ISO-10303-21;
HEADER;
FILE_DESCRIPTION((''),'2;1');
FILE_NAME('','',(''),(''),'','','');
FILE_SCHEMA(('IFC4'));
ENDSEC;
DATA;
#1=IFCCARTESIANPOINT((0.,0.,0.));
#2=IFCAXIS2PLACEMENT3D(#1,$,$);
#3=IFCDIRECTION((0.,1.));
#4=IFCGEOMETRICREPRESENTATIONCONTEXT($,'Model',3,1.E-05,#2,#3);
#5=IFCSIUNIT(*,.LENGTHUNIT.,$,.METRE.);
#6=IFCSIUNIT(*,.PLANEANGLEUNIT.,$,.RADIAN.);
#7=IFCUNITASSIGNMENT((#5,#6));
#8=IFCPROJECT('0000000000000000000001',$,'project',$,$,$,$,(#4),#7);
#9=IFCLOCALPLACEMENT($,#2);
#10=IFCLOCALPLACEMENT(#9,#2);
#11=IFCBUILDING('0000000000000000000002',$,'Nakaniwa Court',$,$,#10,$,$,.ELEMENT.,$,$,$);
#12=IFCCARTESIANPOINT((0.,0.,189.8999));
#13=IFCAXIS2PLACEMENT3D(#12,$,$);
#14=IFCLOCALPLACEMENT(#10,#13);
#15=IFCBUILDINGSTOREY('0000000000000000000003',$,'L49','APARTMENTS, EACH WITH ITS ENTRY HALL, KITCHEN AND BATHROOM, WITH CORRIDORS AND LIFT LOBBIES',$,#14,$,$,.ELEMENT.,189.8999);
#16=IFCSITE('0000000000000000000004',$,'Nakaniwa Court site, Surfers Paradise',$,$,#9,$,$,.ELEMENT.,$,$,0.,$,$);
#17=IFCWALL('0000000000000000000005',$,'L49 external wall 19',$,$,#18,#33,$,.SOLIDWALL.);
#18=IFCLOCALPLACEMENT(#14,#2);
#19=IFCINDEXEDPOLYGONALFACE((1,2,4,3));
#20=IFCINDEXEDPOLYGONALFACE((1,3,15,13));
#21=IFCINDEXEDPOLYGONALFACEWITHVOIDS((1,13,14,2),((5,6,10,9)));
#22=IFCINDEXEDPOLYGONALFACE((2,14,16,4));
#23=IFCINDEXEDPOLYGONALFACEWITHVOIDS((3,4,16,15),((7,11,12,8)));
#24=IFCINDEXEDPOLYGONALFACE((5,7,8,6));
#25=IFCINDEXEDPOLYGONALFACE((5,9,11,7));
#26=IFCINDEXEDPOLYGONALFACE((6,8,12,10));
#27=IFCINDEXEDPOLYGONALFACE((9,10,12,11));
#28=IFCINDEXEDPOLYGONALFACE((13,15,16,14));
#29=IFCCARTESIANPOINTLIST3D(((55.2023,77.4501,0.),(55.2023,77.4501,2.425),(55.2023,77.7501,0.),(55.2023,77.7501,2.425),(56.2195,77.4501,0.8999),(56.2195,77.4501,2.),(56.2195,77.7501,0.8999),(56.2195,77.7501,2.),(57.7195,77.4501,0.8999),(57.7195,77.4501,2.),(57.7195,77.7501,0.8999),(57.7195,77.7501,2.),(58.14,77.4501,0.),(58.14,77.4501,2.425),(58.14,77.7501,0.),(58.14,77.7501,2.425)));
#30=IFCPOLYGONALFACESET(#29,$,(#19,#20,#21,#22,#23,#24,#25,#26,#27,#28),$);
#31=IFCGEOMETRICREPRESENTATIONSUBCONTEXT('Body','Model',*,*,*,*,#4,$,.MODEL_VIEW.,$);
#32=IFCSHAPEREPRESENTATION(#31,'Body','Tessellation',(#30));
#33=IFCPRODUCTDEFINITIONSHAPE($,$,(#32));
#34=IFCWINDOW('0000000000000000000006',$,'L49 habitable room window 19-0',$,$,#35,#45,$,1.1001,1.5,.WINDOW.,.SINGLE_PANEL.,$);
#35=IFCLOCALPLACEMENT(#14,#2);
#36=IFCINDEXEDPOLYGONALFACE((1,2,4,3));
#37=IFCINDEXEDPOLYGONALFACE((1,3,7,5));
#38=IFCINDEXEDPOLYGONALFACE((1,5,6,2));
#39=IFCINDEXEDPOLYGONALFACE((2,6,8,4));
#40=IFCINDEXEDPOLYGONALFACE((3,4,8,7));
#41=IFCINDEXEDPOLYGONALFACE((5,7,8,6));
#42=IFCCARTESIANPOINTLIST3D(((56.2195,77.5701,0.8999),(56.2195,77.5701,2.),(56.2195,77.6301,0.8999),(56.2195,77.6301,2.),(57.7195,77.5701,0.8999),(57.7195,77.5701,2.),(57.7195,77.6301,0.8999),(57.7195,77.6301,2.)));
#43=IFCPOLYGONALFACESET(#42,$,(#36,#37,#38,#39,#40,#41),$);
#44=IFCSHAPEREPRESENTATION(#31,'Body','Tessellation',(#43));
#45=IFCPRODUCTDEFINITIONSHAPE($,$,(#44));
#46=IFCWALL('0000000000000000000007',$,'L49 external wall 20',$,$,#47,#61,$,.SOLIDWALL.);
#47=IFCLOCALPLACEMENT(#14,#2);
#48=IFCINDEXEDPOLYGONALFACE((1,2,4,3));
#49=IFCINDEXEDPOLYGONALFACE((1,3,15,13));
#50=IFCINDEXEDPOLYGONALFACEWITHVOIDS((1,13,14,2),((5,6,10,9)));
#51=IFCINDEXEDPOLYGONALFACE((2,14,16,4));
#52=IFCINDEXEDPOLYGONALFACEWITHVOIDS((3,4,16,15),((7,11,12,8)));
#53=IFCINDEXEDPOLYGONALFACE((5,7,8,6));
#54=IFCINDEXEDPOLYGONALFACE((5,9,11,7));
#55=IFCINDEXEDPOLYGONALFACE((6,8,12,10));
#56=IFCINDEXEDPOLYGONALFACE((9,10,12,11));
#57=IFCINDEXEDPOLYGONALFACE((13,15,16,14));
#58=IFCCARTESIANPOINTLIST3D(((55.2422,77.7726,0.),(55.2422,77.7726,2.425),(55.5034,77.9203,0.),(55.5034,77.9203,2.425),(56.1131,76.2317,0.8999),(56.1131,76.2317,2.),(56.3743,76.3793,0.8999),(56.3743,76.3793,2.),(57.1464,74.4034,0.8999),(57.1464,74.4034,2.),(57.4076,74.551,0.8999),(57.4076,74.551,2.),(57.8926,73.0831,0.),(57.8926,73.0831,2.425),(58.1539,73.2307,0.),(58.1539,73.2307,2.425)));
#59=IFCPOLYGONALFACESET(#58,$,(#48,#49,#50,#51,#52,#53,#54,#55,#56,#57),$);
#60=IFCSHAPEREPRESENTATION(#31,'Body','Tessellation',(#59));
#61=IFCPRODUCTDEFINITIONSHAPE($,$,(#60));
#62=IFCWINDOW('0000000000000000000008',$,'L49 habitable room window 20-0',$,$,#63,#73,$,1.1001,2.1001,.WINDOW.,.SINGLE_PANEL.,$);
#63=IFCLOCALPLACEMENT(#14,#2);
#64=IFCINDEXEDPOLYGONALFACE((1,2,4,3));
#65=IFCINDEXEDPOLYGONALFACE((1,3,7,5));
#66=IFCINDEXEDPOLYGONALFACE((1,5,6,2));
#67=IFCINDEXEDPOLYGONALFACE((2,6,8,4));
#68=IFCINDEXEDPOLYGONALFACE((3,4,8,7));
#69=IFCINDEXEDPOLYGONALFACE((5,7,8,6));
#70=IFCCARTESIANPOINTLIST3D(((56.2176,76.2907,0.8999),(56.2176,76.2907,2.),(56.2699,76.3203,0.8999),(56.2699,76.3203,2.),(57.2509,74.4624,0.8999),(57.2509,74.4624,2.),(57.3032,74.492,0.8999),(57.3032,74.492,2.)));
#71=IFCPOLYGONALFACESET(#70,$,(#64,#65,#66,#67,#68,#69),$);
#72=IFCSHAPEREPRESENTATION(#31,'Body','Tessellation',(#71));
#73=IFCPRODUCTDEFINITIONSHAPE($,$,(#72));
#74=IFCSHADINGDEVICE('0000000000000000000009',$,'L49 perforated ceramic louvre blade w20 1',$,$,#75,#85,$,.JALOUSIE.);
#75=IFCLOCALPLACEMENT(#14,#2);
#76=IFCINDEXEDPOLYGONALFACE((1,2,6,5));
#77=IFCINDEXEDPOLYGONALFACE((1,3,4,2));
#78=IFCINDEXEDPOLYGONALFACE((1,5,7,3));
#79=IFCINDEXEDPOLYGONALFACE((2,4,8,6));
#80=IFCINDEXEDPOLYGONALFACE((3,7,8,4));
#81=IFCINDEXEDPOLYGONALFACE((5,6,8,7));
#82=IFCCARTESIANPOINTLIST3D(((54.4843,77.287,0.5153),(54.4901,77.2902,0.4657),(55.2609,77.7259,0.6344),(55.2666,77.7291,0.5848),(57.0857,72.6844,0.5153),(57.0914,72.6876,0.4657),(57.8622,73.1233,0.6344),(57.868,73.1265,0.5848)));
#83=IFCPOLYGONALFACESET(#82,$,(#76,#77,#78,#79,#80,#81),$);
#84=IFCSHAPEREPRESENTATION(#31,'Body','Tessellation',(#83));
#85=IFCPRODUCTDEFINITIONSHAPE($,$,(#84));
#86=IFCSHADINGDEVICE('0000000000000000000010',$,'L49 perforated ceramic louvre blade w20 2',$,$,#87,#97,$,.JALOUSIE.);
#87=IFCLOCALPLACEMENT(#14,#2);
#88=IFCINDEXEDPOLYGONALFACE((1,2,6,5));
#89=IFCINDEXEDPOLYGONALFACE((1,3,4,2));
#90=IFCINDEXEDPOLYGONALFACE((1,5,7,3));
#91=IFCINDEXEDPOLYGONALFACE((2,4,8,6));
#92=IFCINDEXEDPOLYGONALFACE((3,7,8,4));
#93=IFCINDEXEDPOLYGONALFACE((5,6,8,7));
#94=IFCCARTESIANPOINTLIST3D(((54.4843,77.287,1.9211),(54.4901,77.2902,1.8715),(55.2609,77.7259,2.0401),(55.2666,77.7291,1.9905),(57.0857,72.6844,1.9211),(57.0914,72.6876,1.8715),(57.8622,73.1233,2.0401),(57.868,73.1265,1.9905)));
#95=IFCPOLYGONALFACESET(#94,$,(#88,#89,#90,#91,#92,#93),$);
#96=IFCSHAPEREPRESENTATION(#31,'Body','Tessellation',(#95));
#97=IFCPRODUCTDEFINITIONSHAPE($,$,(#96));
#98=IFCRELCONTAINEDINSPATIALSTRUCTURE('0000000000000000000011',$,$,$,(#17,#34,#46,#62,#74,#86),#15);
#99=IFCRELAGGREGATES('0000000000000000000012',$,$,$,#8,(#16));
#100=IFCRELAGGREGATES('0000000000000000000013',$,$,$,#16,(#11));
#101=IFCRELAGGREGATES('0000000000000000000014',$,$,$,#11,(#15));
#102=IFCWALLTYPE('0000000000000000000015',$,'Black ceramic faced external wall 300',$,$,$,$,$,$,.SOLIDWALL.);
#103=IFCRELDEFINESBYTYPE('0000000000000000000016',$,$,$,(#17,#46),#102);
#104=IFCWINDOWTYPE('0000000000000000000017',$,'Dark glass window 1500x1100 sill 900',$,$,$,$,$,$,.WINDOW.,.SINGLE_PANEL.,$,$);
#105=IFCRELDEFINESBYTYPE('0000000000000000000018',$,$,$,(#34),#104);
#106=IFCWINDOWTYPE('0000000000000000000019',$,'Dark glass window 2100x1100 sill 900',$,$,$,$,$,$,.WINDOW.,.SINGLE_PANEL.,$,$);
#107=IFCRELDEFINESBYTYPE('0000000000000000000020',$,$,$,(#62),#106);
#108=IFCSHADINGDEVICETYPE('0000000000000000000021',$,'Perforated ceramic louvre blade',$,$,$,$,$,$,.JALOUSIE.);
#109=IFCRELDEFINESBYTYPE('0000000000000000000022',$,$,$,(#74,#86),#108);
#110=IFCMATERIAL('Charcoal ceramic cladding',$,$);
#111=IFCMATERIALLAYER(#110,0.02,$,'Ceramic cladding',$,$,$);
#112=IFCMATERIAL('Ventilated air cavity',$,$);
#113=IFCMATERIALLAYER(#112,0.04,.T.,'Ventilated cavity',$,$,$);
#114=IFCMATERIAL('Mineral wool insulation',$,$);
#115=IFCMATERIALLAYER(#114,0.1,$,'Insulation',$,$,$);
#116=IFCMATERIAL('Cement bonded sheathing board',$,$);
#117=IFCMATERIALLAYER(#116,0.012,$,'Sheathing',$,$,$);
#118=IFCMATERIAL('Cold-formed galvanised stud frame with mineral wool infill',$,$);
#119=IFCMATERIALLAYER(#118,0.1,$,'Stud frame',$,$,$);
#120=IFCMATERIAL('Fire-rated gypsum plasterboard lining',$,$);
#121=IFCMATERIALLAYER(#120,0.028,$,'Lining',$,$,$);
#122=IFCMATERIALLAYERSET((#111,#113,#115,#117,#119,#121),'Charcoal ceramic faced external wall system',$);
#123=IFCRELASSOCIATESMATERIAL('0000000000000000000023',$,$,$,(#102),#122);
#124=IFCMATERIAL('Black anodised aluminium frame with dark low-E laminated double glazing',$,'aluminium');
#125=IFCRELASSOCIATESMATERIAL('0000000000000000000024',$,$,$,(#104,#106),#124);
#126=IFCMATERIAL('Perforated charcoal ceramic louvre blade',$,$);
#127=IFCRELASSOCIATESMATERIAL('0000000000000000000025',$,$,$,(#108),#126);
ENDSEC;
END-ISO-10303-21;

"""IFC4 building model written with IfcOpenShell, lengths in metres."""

from ifc_helpers import new_model, si_unit, direction, frame, frame_2d, origin, origin_2d, place, context, subcontext, project, spatial, rectangle, extrude, material, layer, layer_set, material_profile, profile_set, type_object, element, fill, save


model = new_model("IFC4")

# Units and contexts
model_context = context("Model", 3, precision=1e-05, world=origin(), true_north=direction((0.0, 1.0)))
body_context = subcontext(model_context, "Body", "Model", "MODEL_VIEW")
ifc_project = project(units=[si_unit("LENGTHUNIT", "METRE"), si_unit("PLANEANGLEUNIT", "RADIAN")], contexts=[model_context])

# Site, building, storey
site_placement = place(None, origin())
site = spatial("IfcSite", under=ifc_project, at=site_placement, Name="Nakaniwa Court site, Surfers Paradise", CompositionType="ELEMENT", RefElevation=0.0)
building_placement = place(site_placement, origin())
building = spatial("IfcBuilding", under=site, at=building_placement, Name="Nakaniwa Court", CompositionType="ELEMENT")
storey_placement = place(building_placement, frame((0.0, 0.0, 189.8999)))
storey = spatial("IfcBuildingStorey", under=building, at=storey_placement, Name="L49", Description="APARTMENTS, EACH WITH ITS ENTRY HALL, KITCHEN AND BATHROOM, WITH CORRIDORS AND LIFT LOBBIES", CompositionType="ELEMENT", Elevation=189.8999)

# Walls, openings, windows
ifc_material_1 = material(Name="Charcoal ceramic cladding")
ifc_layer_1 = layer(ifc_material_1, 0.02, Name="Ceramic cladding")
ifc_material_2 = material(Name="Ventilated air cavity")
ifc_layer_2 = layer(ifc_material_2, 0.04, ventilated=True, Name="Ventilated cavity")
ifc_material_3 = material(Name="Mineral wool insulation")
ifc_layer_3 = layer(ifc_material_3, 0.1, Name="Insulation")
ifc_material_4 = material(Name="Cement bonded sheathing board")
ifc_layer_4 = layer(ifc_material_4, 0.012, Name="Sheathing")
ifc_material_5 = material(Name="Cold-formed galvanised stud frame with mineral wool infill")
ifc_layer_5 = layer(ifc_material_5, 0.1, Name="Stud frame")
ifc_material_6 = material(Name="Fire-rated gypsum plasterboard lining")
ifc_layer_6 = layer(ifc_material_6, 0.028, Name="Lining")
ifc_layer_set_1 = layer_set([ifc_layer_1, ifc_layer_2, ifc_layer_3, ifc_layer_4, ifc_layer_5, ifc_layer_6], Name="Charcoal ceramic faced external wall system")
wall_type_1 = type_object("IfcWallType", Name="Black ceramic faced external wall 300", PredefinedType="SOLIDWALL", material=ifc_layer_set_1)
ifc_material_7 = material(Name="Black anodised aluminium frame with dark low-E laminated double glazing", Category="aluminium")
window_type_1 = type_object("IfcWindowType", Name="Dark glass window 1500x1100 sill 900", PartitioningType="SINGLE_PANEL", PredefinedType="WINDOW", material=ifc_material_7)
window_type_2 = type_object("IfcWindowType", Name="Dark glass window 2100x1100 sill 900", PartitioningType="SINGLE_PANEL", PredefinedType="WINDOW", material=ifc_material_7)
wall_1_placement = place(storey_placement, frame((58.1399, 77.6001, 0.0), z_axis=(0.0, 0.0, 1.0), x_axis=(-1.0, 0.0, 0.0)))
wall_1 = element("IfcWall", 1, at=wall_1_placement, inside=storey, type_object=wall_type_1, Name="L49 external wall 19", PredefinedType="SOLIDWALL", context=body_context, shape_type="SweptSolid", body=[
    extrude(rectangle(XDim=2.9377, YDim=0.3, at=frame_2d((1.4688, 0.0))), origin(), (0.0, 0.0, 1.0), 2.425),
])
opening_1_placement = place(wall_1_placement, frame((0.4204, 0.0, 0.8999)))
opening_1 = element("IfcOpeningElement", 2, at=opening_1_placement, cuts=wall_1, PredefinedType="OPENING", context=body_context, shape_type="SweptSolid", body=[
    extrude(rectangle(XDim=1.5, YDim=1.1001, at=frame_2d((0.75, 0.55))), frame((0.0, 0.1599, 0.0), z_axis=(0.0, -1.0, 0.0), x_axis=(1.0, 0.0, 0.0)), (0.0, 0.0, 1.0), 0.3201),
])
window_1_placement = place(opening_1_placement, origin())
window_1 = element("IfcWindow", 3, at=window_1_placement, inside=storey, type_object=window_type_1, Name="L49 habitable room window 19-0", OverallHeight=1.1001, OverallWidth=1.5, PartitioningType="SINGLE_PANEL", PredefinedType="WINDOW", context=body_context, shape_type="SweptSolid", body=[
    extrude(rectangle(XDim=1.5, YDim=1.1001, at=frame_2d((0.75, 0.55))), frame((0.0, 0.03, 0.0), z_axis=(0.0, -1.0, 0.0), x_axis=(1.0, 0.0, 0.0)), (0.0, 0.0, 1.0), 0.0601),
])
fill(opening_1, window_1)
wall_2_placement = place(storey_placement, frame((55.3728, 77.8464, 0.0), z_axis=(0.0, 0.0, 1.0), x_axis=(0.492033, -0.870576, 0.0)))
wall_2 = element("IfcWall", 4, at=wall_2_placement, inside=storey, type_object=wall_type_1, Name="L49 external wall 20", PredefinedType="SOLIDWALL", context=body_context, shape_type="SweptSolid", body=[
    extrude(rectangle(XDim=5.3867, YDim=0.3, at=frame_2d((2.6934, 0.0))), origin(), (0.0, 0.0, 1.0), 2.425),
])
opening_2_placement = place(wall_2_placement, frame((1.77, 0.0, 0.8999)))
opening_2 = element("IfcOpeningElement", 5, at=opening_2_placement, cuts=wall_2, PredefinedType="OPENING", context=body_context, shape_type="SweptSolid", body=[
    extrude(rectangle(XDim=2.1001, YDim=1.1001, at=frame_2d((1.05, 0.55))), frame((0.0, 0.1599, 0.0), z_axis=(0.0, -1.0, 0.0), x_axis=(1.0, 0.0, 0.0)), (0.0, 0.0, 1.0), 0.3201),
])
window_2_placement = place(opening_2_placement, origin())
window_2 = element("IfcWindow", 6, at=window_2_placement, inside=storey, type_object=window_type_2, Name="L49 habitable room window 20-0", OverallHeight=1.1001, OverallWidth=2.1001, PartitioningType="SINGLE_PANEL", PredefinedType="WINDOW", context=body_context, shape_type="SweptSolid", body=[
    extrude(rectangle(XDim=2.1001, YDim=1.1001, at=frame_2d((1.05, 0.55))), frame((0.0, 0.03, 0.0), z_axis=(0.0, -1.0, 0.0), x_axis=(1.0, 0.0, 0.0)), (0.0, 0.0, 1.0), 0.0601),
])
fill(opening_2, window_2)

# Shading devices
ifc_material_8 = material(Name="Perforated charcoal ceramic louvre blade")
ifc_material_profile_1 = material_profile(ifc_material_8, rectangle(XDim=0.8999, YDim=0.05, at=origin_2d()), Name="Perforated ceramic louvre blade")
ifc_profile_set_1 = profile_set([ifc_material_profile_1], Name="Perforated charcoal ceramic louvre blade")
shading_device_type = type_object("IfcShadingDeviceType", Name="Perforated ceramic louvre blade", PredefinedType="JALOUSIE", material=ifc_profile_set_1)
for number, where, z_axis, x_axis, name in (
    (7, (54.8755, 77.5081, 0.55), (0.492041, -0.870572, 0.0), (0.862925, 0.487718, 0.132256), "L49 perforated ceramic louvre blade w20 1"),
    (8, (54.8755, 77.5081, 1.9558), (0.492041, -0.870572, 0.0), (0.862925, 0.487718, 0.132256), "L49 perforated ceramic louvre blade w20 2"),
):
    element("IfcShadingDevice", number, at=place(storey_placement, frame(where, z_axis=z_axis, x_axis=x_axis)), inside=storey, type_object=shading_device_type, Name=name, PredefinedType="JALOUSIE", context=body_context, shape_type="SweptSolid", body=[
        extrude(rectangle(XDim=0.8999, YDim=0.05, at=origin_2d()), origin(), (0.0, 0.0, 1.0), 5.2869),
    ])

save(model, "model.ifc")
